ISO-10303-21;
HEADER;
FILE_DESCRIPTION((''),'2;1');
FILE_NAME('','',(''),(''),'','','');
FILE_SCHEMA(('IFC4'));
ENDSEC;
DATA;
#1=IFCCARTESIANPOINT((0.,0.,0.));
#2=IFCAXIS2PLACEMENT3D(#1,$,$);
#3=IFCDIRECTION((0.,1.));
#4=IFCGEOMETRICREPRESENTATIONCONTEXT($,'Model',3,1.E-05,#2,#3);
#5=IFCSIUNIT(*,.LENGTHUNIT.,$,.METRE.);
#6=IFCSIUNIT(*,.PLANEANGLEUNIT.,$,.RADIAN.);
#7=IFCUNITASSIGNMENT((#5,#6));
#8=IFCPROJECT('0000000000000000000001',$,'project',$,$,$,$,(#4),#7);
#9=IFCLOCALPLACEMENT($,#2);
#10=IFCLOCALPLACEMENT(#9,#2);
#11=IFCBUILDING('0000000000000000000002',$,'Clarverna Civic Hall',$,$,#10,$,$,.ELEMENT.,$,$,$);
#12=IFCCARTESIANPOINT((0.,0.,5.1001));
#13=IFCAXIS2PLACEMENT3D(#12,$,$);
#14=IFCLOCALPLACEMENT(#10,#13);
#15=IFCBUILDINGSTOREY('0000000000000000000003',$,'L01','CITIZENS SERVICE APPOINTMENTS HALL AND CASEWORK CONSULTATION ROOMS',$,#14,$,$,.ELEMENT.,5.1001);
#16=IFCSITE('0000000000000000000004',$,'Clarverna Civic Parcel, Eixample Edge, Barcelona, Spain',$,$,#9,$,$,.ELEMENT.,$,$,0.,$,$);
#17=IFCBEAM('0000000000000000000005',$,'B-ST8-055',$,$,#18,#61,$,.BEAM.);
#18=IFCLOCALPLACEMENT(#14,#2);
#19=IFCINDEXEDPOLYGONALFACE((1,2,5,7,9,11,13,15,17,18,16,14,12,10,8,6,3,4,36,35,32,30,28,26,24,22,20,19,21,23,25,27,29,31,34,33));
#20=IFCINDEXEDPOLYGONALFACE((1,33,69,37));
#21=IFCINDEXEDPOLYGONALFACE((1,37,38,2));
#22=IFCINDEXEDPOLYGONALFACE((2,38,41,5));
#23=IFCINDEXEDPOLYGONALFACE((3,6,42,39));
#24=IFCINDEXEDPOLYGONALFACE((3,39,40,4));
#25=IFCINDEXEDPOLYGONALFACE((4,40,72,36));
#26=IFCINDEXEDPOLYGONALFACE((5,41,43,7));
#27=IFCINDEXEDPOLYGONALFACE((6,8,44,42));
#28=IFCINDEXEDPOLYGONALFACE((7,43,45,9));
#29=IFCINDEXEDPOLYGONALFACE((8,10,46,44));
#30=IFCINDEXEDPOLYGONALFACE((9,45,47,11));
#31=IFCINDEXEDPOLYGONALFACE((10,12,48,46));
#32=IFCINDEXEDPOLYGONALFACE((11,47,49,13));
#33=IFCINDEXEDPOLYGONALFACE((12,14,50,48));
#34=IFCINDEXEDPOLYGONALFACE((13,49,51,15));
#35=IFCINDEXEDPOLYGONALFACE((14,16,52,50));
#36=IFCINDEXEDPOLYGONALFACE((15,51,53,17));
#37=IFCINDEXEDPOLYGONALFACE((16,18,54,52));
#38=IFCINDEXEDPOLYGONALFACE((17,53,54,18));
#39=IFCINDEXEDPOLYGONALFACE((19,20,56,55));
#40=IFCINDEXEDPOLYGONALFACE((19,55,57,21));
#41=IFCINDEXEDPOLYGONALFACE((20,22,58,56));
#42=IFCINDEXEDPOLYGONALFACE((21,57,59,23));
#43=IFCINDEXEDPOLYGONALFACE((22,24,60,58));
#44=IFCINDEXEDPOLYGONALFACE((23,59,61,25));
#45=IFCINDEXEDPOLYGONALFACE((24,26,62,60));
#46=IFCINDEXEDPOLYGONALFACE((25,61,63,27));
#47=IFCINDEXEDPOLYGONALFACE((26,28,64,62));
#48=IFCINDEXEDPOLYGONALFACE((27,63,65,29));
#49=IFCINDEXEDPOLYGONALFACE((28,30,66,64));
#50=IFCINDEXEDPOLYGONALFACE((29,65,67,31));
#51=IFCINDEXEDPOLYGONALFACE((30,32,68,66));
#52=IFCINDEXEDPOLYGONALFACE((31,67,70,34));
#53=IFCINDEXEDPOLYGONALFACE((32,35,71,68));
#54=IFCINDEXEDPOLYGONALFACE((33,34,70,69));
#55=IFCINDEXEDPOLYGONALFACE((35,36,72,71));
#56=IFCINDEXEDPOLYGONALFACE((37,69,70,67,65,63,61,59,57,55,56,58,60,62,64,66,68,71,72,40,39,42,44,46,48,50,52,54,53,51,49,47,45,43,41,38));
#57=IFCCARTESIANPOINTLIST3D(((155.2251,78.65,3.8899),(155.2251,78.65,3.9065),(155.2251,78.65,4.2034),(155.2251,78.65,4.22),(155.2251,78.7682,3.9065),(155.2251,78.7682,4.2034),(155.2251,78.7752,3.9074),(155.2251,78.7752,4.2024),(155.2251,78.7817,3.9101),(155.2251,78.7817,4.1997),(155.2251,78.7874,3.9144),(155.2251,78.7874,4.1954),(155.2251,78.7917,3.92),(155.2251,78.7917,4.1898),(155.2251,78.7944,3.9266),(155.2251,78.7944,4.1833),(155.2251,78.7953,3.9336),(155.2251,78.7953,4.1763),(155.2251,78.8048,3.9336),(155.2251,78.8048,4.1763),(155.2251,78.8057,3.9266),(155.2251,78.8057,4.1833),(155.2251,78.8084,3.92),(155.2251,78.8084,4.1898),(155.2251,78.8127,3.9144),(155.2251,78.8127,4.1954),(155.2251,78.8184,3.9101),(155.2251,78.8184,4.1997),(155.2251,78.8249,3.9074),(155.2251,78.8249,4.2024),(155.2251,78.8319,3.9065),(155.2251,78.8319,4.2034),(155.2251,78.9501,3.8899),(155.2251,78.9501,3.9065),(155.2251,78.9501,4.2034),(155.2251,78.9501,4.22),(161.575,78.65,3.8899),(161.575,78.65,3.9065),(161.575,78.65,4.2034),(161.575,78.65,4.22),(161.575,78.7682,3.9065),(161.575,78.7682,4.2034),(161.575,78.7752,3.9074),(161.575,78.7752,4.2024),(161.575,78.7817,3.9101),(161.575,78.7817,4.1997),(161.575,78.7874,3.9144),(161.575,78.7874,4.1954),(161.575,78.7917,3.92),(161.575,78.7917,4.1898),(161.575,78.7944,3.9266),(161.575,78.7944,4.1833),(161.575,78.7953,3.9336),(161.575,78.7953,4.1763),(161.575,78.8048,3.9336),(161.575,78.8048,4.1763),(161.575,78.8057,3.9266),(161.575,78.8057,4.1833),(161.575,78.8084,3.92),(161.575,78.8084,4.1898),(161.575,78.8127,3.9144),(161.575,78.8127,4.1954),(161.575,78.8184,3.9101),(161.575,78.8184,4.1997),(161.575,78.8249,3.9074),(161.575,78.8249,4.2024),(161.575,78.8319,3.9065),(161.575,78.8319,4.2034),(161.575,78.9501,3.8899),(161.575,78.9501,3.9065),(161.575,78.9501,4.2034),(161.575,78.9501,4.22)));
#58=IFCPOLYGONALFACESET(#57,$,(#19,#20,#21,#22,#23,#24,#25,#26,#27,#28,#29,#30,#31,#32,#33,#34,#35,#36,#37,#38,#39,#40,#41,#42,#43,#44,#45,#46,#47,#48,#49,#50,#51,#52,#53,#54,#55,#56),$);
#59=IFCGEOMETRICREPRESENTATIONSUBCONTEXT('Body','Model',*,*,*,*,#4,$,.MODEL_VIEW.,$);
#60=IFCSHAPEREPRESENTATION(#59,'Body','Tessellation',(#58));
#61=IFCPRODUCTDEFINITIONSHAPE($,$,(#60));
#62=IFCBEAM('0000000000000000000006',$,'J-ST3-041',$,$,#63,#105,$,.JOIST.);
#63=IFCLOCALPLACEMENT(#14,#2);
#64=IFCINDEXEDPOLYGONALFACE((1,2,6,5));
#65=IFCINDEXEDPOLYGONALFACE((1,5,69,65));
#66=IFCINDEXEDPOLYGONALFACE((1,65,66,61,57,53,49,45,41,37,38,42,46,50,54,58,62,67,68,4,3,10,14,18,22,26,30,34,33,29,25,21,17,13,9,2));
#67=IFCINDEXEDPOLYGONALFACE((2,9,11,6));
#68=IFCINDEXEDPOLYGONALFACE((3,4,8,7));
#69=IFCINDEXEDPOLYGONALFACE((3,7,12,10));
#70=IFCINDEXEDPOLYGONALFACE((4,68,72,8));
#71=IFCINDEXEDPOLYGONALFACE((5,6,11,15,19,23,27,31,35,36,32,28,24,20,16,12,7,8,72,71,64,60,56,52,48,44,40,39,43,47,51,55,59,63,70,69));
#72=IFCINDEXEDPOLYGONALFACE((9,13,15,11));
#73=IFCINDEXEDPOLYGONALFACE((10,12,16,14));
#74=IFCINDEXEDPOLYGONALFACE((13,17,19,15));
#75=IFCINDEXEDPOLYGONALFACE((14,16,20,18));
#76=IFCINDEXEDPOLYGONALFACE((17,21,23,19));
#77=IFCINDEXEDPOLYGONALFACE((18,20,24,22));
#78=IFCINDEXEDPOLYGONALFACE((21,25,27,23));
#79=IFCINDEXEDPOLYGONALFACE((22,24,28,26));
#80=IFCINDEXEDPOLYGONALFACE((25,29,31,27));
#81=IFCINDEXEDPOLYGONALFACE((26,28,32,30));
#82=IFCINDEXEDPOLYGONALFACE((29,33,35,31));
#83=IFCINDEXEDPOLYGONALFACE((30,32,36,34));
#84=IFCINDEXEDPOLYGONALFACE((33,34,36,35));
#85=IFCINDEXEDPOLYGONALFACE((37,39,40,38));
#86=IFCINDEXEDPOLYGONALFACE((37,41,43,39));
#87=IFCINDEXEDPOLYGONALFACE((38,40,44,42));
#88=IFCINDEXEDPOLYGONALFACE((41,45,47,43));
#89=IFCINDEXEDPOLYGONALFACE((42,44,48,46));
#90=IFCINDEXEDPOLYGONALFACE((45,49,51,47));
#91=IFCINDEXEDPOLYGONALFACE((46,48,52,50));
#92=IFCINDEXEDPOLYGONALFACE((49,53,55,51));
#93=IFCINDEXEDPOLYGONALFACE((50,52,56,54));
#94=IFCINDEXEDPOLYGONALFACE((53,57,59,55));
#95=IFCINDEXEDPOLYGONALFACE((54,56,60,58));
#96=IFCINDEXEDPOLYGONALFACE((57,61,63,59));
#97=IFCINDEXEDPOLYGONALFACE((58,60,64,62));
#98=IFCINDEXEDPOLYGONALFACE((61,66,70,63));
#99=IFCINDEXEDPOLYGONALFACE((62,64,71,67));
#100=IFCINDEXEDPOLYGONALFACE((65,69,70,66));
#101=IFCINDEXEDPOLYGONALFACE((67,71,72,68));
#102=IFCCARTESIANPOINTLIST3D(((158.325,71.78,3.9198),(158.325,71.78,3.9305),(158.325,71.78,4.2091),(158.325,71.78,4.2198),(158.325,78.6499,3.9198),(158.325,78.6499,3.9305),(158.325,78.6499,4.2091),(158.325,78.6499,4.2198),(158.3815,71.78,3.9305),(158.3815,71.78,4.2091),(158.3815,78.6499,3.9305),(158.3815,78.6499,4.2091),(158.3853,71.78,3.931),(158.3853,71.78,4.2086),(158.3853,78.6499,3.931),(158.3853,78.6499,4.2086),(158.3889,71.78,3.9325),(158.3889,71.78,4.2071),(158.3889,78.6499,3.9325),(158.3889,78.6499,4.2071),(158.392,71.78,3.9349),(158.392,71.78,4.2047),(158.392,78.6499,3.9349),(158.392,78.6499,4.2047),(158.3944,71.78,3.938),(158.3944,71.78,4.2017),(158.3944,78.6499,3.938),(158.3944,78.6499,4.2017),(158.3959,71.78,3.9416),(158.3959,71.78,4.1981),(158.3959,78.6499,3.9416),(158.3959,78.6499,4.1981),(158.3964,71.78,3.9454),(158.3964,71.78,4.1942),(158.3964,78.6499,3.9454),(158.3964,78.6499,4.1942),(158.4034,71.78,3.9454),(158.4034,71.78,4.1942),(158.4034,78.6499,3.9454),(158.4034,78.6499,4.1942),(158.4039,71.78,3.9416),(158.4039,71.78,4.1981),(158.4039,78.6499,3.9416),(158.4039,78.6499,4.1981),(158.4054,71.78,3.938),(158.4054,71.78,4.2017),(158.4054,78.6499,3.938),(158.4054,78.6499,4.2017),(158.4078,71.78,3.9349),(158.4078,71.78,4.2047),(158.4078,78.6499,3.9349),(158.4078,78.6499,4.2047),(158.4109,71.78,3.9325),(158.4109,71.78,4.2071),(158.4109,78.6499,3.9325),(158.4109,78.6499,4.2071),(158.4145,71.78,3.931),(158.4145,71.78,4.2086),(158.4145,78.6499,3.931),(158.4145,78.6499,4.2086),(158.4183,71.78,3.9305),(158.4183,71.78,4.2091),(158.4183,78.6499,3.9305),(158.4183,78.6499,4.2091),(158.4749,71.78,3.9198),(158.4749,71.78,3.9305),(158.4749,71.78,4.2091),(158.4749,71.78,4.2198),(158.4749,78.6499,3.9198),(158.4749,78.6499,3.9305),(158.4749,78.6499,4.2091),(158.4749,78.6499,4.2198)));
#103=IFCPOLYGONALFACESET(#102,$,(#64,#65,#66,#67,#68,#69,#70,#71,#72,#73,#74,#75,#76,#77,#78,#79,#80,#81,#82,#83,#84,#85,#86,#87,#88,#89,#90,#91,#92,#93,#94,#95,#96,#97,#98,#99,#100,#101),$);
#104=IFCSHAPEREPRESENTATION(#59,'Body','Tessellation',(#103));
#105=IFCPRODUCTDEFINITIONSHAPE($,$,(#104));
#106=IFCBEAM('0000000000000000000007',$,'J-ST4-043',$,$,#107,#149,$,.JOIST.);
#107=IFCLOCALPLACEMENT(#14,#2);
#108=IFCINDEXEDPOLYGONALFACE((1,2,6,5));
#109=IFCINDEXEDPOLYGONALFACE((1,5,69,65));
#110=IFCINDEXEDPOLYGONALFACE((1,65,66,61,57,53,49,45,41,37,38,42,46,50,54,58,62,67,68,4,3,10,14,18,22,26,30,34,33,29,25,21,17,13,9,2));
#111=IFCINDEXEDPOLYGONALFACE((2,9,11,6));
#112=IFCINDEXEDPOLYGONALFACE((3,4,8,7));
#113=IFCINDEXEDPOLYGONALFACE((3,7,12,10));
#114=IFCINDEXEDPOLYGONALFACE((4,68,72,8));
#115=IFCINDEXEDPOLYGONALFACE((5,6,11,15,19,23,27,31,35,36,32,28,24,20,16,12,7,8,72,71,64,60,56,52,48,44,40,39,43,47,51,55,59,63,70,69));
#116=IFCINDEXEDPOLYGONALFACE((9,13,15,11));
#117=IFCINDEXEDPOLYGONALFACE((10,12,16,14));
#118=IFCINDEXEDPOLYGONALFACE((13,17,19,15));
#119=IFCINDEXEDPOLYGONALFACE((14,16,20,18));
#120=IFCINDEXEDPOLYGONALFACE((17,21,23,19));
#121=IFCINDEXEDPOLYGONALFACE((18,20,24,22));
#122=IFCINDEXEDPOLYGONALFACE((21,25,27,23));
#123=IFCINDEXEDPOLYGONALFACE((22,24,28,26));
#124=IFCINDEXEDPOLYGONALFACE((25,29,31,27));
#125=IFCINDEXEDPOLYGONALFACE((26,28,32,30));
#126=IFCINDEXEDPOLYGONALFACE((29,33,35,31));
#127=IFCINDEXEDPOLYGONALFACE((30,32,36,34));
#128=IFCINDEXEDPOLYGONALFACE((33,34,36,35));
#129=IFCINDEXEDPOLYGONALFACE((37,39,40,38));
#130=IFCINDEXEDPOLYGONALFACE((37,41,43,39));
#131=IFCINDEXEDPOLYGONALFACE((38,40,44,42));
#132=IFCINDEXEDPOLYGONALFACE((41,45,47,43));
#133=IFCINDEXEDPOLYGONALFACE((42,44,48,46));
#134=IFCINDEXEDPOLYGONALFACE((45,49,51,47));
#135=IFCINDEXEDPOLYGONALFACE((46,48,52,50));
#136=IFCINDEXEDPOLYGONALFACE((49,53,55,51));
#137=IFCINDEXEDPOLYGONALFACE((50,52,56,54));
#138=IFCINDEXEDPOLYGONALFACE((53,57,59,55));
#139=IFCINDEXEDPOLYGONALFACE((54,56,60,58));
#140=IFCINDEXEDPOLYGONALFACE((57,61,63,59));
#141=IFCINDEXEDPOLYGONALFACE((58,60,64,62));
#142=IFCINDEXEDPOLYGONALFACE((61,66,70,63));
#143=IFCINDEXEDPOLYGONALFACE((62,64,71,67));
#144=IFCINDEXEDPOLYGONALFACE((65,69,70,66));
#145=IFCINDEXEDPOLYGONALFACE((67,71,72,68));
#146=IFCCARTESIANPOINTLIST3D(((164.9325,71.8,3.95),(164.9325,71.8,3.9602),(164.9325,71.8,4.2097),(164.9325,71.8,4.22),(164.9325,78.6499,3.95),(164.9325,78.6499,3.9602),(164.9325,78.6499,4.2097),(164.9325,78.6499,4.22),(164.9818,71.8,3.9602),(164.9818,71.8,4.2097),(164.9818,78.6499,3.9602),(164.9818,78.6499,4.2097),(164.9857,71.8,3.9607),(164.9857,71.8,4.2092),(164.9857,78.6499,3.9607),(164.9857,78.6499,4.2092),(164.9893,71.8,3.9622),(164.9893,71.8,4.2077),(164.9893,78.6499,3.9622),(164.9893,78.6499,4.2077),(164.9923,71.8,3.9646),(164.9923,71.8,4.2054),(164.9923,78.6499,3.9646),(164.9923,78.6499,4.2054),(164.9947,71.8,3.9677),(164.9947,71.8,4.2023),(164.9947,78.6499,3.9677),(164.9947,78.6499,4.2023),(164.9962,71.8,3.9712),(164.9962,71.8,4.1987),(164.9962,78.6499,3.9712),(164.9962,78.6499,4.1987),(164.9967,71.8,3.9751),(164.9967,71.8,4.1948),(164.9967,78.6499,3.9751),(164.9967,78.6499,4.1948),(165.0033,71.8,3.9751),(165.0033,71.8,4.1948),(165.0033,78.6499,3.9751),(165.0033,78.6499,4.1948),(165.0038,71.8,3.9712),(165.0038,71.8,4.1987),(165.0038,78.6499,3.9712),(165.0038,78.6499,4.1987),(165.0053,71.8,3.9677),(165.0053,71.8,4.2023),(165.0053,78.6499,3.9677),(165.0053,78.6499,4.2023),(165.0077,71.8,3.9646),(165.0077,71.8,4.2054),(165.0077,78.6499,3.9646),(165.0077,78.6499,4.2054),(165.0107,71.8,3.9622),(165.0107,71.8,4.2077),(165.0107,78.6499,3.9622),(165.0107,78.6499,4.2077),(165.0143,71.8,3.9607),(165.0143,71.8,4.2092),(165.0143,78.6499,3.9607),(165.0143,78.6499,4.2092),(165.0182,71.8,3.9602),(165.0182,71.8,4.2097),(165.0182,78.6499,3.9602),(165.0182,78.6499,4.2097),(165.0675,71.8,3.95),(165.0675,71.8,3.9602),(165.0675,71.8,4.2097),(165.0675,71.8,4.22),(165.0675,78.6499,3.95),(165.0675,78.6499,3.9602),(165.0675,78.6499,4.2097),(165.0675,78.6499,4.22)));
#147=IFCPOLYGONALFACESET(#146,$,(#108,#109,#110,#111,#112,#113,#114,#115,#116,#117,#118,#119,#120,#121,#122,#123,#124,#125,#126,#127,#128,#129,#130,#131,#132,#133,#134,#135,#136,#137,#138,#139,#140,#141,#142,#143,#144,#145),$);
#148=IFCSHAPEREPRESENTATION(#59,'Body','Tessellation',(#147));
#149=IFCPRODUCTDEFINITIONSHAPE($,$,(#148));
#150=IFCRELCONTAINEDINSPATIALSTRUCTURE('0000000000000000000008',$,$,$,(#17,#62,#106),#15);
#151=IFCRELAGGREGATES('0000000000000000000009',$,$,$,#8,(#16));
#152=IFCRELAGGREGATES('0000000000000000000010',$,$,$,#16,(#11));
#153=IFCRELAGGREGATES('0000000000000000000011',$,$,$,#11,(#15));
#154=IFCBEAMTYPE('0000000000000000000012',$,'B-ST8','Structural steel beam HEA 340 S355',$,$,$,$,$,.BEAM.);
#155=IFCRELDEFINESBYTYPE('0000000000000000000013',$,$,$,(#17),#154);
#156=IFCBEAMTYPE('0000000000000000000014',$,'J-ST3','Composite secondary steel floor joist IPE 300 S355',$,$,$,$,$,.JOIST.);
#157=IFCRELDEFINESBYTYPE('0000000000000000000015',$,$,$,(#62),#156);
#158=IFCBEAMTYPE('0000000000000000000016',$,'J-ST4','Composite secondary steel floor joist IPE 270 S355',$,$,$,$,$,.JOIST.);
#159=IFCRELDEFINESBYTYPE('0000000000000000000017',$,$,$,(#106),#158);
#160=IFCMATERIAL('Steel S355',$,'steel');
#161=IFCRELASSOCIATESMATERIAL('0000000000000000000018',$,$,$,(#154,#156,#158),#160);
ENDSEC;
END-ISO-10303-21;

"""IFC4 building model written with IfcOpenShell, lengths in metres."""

from ifc_helpers import new_model, si_unit, direction, frame, origin, origin_2d, place, context, subcontext, project, spatial, i_section, extrude, material, material_profile, profile_set, type_object, element, save


model = new_model("IFC4")

# Units and contexts
model_context = context("Model", 3, precision=1e-05, world=origin(), true_north=direction((0.0, 1.0)))
body_context = subcontext(model_context, "Body", "Model", "MODEL_VIEW")
ifc_project = project(units=[si_unit("LENGTHUNIT", "METRE"), si_unit("PLANEANGLEUNIT", "RADIAN")], contexts=[model_context])

# Site, building, storey
site_placement = place(None, origin())
site = spatial("IfcSite", under=ifc_project, at=site_placement, Name="Clarverna Civic Parcel, Eixample Edge, Barcelona, Spain", CompositionType="ELEMENT", RefElevation=0.0)
building_placement = place(site_placement, origin())
building = spatial("IfcBuilding", under=site, at=building_placement, Name="Clarverna Civic Hall", CompositionType="ELEMENT")
storey_placement = place(building_placement, frame((0.0, 0.0, 5.1001)))
storey = spatial("IfcBuildingStorey", under=building, at=storey_placement, Name="L01", Description="CITIZENS SERVICE APPOINTMENTS HALL AND CASEWORK CONSULTATION ROOMS", CompositionType="ELEMENT", Elevation=5.1001)

# Beams
ifc_material_1 = material(Name="Steel S355", Category="steel")
ifc_material_profile_1 = material_profile(ifc_material_1, i_section(OverallWidth=0.3, OverallDepth=0.3301, WebThickness=0.0095, FlangeThickness=0.0166, FilletRadius=0.0271, at=origin_2d()), Name="HEA 340")
ifc_profile_set_1 = profile_set([ifc_material_profile_1], Name="Steel S355")
beam_type_1 = type_object("IfcBeamType", Name="B-ST8", Description="Structural steel beam HEA 340 S355", PredefinedType="BEAM", material=ifc_profile_set_1)
beam_1_placement = place(storey_placement, frame((155.2251, 78.8, 4.0549), z_axis=(1.0, 0.0, 0.0), x_axis=(0.0, 1.0, 0.0)))
element("IfcBeam", 1, at=beam_1_placement, inside=storey, type_object=beam_type_1, Name="B-ST8-055", PredefinedType="BEAM", context=body_context, shape_type="SweptSolid", body=[
    extrude(i_section(OverallWidth=0.3, OverallDepth=0.3301, WebThickness=0.0095, FlangeThickness=0.0166, FilletRadius=0.0271, at=origin_2d()), origin(), (0.0, 0.0, 1.0), 6.3499),
])
ifc_material_profile_2 = material_profile(ifc_material_1, i_section(OverallWidth=0.1499, OverallDepth=0.3, WebThickness=0.0071, FlangeThickness=0.0107, FilletRadius=0.0149, at=origin_2d()), Name="IPE 300")
ifc_profile_set_2 = profile_set([ifc_material_profile_2], Name="Steel S355")
beam_type_2 = type_object("IfcBeamType", Name="J-ST3", Description="Composite secondary steel floor joist IPE 300 S355", PredefinedType="JOIST", material=ifc_profile_set_2)
beam_2_placement = place(storey_placement, frame((158.3999, 71.78, 4.0698), z_axis=(0.0, 1.0, 0.0), x_axis=(-1.0, 0.0, 0.0)))
element("IfcBeam", 2, at=beam_2_placement, inside=storey, type_object=beam_type_2, Name="J-ST3-041", PredefinedType="JOIST", context=body_context, shape_type="SweptSolid", body=[
    extrude(i_section(OverallWidth=0.1499, OverallDepth=0.3, WebThickness=0.0071, FlangeThickness=0.0107, FilletRadius=0.0149, at=origin_2d()), origin(), (0.0, 0.0, 1.0), 6.8699),
])
ifc_material_profile_3 = material_profile(ifc_material_1, i_section(OverallWidth=0.135, OverallDepth=0.27, WebThickness=0.0066, FlangeThickness=0.0103, FilletRadius=0.0149, at=origin_2d()), Name="IPE 270")
ifc_profile_set_3 = profile_set([ifc_material_profile_3], Name="Steel S355")
beam_type_3 = type_object("IfcBeamType", Name="J-ST4", Description="Composite secondary steel floor joist IPE 270 S355", PredefinedType="JOIST", material=ifc_profile_set_3)
beam_3_placement = place(storey_placement, frame((165.0, 71.8, 4.085), z_axis=(0.0, 1.0, 0.0), x_axis=(-1.0, 0.0, 0.0)))
element("IfcBeam", 3, at=beam_3_placement, inside=storey, type_object=beam_type_3, Name="J-ST4-043", PredefinedType="JOIST", context=body_context, shape_type="SweptSolid", body=[
    extrude(i_section(OverallWidth=0.135, OverallDepth=0.27, WebThickness=0.0066, FlangeThickness=0.0103, FilletRadius=0.0149, at=origin_2d()), origin(), (0.0, 0.0, 1.0), 6.8499),
])

save(model, "model.ifc")
